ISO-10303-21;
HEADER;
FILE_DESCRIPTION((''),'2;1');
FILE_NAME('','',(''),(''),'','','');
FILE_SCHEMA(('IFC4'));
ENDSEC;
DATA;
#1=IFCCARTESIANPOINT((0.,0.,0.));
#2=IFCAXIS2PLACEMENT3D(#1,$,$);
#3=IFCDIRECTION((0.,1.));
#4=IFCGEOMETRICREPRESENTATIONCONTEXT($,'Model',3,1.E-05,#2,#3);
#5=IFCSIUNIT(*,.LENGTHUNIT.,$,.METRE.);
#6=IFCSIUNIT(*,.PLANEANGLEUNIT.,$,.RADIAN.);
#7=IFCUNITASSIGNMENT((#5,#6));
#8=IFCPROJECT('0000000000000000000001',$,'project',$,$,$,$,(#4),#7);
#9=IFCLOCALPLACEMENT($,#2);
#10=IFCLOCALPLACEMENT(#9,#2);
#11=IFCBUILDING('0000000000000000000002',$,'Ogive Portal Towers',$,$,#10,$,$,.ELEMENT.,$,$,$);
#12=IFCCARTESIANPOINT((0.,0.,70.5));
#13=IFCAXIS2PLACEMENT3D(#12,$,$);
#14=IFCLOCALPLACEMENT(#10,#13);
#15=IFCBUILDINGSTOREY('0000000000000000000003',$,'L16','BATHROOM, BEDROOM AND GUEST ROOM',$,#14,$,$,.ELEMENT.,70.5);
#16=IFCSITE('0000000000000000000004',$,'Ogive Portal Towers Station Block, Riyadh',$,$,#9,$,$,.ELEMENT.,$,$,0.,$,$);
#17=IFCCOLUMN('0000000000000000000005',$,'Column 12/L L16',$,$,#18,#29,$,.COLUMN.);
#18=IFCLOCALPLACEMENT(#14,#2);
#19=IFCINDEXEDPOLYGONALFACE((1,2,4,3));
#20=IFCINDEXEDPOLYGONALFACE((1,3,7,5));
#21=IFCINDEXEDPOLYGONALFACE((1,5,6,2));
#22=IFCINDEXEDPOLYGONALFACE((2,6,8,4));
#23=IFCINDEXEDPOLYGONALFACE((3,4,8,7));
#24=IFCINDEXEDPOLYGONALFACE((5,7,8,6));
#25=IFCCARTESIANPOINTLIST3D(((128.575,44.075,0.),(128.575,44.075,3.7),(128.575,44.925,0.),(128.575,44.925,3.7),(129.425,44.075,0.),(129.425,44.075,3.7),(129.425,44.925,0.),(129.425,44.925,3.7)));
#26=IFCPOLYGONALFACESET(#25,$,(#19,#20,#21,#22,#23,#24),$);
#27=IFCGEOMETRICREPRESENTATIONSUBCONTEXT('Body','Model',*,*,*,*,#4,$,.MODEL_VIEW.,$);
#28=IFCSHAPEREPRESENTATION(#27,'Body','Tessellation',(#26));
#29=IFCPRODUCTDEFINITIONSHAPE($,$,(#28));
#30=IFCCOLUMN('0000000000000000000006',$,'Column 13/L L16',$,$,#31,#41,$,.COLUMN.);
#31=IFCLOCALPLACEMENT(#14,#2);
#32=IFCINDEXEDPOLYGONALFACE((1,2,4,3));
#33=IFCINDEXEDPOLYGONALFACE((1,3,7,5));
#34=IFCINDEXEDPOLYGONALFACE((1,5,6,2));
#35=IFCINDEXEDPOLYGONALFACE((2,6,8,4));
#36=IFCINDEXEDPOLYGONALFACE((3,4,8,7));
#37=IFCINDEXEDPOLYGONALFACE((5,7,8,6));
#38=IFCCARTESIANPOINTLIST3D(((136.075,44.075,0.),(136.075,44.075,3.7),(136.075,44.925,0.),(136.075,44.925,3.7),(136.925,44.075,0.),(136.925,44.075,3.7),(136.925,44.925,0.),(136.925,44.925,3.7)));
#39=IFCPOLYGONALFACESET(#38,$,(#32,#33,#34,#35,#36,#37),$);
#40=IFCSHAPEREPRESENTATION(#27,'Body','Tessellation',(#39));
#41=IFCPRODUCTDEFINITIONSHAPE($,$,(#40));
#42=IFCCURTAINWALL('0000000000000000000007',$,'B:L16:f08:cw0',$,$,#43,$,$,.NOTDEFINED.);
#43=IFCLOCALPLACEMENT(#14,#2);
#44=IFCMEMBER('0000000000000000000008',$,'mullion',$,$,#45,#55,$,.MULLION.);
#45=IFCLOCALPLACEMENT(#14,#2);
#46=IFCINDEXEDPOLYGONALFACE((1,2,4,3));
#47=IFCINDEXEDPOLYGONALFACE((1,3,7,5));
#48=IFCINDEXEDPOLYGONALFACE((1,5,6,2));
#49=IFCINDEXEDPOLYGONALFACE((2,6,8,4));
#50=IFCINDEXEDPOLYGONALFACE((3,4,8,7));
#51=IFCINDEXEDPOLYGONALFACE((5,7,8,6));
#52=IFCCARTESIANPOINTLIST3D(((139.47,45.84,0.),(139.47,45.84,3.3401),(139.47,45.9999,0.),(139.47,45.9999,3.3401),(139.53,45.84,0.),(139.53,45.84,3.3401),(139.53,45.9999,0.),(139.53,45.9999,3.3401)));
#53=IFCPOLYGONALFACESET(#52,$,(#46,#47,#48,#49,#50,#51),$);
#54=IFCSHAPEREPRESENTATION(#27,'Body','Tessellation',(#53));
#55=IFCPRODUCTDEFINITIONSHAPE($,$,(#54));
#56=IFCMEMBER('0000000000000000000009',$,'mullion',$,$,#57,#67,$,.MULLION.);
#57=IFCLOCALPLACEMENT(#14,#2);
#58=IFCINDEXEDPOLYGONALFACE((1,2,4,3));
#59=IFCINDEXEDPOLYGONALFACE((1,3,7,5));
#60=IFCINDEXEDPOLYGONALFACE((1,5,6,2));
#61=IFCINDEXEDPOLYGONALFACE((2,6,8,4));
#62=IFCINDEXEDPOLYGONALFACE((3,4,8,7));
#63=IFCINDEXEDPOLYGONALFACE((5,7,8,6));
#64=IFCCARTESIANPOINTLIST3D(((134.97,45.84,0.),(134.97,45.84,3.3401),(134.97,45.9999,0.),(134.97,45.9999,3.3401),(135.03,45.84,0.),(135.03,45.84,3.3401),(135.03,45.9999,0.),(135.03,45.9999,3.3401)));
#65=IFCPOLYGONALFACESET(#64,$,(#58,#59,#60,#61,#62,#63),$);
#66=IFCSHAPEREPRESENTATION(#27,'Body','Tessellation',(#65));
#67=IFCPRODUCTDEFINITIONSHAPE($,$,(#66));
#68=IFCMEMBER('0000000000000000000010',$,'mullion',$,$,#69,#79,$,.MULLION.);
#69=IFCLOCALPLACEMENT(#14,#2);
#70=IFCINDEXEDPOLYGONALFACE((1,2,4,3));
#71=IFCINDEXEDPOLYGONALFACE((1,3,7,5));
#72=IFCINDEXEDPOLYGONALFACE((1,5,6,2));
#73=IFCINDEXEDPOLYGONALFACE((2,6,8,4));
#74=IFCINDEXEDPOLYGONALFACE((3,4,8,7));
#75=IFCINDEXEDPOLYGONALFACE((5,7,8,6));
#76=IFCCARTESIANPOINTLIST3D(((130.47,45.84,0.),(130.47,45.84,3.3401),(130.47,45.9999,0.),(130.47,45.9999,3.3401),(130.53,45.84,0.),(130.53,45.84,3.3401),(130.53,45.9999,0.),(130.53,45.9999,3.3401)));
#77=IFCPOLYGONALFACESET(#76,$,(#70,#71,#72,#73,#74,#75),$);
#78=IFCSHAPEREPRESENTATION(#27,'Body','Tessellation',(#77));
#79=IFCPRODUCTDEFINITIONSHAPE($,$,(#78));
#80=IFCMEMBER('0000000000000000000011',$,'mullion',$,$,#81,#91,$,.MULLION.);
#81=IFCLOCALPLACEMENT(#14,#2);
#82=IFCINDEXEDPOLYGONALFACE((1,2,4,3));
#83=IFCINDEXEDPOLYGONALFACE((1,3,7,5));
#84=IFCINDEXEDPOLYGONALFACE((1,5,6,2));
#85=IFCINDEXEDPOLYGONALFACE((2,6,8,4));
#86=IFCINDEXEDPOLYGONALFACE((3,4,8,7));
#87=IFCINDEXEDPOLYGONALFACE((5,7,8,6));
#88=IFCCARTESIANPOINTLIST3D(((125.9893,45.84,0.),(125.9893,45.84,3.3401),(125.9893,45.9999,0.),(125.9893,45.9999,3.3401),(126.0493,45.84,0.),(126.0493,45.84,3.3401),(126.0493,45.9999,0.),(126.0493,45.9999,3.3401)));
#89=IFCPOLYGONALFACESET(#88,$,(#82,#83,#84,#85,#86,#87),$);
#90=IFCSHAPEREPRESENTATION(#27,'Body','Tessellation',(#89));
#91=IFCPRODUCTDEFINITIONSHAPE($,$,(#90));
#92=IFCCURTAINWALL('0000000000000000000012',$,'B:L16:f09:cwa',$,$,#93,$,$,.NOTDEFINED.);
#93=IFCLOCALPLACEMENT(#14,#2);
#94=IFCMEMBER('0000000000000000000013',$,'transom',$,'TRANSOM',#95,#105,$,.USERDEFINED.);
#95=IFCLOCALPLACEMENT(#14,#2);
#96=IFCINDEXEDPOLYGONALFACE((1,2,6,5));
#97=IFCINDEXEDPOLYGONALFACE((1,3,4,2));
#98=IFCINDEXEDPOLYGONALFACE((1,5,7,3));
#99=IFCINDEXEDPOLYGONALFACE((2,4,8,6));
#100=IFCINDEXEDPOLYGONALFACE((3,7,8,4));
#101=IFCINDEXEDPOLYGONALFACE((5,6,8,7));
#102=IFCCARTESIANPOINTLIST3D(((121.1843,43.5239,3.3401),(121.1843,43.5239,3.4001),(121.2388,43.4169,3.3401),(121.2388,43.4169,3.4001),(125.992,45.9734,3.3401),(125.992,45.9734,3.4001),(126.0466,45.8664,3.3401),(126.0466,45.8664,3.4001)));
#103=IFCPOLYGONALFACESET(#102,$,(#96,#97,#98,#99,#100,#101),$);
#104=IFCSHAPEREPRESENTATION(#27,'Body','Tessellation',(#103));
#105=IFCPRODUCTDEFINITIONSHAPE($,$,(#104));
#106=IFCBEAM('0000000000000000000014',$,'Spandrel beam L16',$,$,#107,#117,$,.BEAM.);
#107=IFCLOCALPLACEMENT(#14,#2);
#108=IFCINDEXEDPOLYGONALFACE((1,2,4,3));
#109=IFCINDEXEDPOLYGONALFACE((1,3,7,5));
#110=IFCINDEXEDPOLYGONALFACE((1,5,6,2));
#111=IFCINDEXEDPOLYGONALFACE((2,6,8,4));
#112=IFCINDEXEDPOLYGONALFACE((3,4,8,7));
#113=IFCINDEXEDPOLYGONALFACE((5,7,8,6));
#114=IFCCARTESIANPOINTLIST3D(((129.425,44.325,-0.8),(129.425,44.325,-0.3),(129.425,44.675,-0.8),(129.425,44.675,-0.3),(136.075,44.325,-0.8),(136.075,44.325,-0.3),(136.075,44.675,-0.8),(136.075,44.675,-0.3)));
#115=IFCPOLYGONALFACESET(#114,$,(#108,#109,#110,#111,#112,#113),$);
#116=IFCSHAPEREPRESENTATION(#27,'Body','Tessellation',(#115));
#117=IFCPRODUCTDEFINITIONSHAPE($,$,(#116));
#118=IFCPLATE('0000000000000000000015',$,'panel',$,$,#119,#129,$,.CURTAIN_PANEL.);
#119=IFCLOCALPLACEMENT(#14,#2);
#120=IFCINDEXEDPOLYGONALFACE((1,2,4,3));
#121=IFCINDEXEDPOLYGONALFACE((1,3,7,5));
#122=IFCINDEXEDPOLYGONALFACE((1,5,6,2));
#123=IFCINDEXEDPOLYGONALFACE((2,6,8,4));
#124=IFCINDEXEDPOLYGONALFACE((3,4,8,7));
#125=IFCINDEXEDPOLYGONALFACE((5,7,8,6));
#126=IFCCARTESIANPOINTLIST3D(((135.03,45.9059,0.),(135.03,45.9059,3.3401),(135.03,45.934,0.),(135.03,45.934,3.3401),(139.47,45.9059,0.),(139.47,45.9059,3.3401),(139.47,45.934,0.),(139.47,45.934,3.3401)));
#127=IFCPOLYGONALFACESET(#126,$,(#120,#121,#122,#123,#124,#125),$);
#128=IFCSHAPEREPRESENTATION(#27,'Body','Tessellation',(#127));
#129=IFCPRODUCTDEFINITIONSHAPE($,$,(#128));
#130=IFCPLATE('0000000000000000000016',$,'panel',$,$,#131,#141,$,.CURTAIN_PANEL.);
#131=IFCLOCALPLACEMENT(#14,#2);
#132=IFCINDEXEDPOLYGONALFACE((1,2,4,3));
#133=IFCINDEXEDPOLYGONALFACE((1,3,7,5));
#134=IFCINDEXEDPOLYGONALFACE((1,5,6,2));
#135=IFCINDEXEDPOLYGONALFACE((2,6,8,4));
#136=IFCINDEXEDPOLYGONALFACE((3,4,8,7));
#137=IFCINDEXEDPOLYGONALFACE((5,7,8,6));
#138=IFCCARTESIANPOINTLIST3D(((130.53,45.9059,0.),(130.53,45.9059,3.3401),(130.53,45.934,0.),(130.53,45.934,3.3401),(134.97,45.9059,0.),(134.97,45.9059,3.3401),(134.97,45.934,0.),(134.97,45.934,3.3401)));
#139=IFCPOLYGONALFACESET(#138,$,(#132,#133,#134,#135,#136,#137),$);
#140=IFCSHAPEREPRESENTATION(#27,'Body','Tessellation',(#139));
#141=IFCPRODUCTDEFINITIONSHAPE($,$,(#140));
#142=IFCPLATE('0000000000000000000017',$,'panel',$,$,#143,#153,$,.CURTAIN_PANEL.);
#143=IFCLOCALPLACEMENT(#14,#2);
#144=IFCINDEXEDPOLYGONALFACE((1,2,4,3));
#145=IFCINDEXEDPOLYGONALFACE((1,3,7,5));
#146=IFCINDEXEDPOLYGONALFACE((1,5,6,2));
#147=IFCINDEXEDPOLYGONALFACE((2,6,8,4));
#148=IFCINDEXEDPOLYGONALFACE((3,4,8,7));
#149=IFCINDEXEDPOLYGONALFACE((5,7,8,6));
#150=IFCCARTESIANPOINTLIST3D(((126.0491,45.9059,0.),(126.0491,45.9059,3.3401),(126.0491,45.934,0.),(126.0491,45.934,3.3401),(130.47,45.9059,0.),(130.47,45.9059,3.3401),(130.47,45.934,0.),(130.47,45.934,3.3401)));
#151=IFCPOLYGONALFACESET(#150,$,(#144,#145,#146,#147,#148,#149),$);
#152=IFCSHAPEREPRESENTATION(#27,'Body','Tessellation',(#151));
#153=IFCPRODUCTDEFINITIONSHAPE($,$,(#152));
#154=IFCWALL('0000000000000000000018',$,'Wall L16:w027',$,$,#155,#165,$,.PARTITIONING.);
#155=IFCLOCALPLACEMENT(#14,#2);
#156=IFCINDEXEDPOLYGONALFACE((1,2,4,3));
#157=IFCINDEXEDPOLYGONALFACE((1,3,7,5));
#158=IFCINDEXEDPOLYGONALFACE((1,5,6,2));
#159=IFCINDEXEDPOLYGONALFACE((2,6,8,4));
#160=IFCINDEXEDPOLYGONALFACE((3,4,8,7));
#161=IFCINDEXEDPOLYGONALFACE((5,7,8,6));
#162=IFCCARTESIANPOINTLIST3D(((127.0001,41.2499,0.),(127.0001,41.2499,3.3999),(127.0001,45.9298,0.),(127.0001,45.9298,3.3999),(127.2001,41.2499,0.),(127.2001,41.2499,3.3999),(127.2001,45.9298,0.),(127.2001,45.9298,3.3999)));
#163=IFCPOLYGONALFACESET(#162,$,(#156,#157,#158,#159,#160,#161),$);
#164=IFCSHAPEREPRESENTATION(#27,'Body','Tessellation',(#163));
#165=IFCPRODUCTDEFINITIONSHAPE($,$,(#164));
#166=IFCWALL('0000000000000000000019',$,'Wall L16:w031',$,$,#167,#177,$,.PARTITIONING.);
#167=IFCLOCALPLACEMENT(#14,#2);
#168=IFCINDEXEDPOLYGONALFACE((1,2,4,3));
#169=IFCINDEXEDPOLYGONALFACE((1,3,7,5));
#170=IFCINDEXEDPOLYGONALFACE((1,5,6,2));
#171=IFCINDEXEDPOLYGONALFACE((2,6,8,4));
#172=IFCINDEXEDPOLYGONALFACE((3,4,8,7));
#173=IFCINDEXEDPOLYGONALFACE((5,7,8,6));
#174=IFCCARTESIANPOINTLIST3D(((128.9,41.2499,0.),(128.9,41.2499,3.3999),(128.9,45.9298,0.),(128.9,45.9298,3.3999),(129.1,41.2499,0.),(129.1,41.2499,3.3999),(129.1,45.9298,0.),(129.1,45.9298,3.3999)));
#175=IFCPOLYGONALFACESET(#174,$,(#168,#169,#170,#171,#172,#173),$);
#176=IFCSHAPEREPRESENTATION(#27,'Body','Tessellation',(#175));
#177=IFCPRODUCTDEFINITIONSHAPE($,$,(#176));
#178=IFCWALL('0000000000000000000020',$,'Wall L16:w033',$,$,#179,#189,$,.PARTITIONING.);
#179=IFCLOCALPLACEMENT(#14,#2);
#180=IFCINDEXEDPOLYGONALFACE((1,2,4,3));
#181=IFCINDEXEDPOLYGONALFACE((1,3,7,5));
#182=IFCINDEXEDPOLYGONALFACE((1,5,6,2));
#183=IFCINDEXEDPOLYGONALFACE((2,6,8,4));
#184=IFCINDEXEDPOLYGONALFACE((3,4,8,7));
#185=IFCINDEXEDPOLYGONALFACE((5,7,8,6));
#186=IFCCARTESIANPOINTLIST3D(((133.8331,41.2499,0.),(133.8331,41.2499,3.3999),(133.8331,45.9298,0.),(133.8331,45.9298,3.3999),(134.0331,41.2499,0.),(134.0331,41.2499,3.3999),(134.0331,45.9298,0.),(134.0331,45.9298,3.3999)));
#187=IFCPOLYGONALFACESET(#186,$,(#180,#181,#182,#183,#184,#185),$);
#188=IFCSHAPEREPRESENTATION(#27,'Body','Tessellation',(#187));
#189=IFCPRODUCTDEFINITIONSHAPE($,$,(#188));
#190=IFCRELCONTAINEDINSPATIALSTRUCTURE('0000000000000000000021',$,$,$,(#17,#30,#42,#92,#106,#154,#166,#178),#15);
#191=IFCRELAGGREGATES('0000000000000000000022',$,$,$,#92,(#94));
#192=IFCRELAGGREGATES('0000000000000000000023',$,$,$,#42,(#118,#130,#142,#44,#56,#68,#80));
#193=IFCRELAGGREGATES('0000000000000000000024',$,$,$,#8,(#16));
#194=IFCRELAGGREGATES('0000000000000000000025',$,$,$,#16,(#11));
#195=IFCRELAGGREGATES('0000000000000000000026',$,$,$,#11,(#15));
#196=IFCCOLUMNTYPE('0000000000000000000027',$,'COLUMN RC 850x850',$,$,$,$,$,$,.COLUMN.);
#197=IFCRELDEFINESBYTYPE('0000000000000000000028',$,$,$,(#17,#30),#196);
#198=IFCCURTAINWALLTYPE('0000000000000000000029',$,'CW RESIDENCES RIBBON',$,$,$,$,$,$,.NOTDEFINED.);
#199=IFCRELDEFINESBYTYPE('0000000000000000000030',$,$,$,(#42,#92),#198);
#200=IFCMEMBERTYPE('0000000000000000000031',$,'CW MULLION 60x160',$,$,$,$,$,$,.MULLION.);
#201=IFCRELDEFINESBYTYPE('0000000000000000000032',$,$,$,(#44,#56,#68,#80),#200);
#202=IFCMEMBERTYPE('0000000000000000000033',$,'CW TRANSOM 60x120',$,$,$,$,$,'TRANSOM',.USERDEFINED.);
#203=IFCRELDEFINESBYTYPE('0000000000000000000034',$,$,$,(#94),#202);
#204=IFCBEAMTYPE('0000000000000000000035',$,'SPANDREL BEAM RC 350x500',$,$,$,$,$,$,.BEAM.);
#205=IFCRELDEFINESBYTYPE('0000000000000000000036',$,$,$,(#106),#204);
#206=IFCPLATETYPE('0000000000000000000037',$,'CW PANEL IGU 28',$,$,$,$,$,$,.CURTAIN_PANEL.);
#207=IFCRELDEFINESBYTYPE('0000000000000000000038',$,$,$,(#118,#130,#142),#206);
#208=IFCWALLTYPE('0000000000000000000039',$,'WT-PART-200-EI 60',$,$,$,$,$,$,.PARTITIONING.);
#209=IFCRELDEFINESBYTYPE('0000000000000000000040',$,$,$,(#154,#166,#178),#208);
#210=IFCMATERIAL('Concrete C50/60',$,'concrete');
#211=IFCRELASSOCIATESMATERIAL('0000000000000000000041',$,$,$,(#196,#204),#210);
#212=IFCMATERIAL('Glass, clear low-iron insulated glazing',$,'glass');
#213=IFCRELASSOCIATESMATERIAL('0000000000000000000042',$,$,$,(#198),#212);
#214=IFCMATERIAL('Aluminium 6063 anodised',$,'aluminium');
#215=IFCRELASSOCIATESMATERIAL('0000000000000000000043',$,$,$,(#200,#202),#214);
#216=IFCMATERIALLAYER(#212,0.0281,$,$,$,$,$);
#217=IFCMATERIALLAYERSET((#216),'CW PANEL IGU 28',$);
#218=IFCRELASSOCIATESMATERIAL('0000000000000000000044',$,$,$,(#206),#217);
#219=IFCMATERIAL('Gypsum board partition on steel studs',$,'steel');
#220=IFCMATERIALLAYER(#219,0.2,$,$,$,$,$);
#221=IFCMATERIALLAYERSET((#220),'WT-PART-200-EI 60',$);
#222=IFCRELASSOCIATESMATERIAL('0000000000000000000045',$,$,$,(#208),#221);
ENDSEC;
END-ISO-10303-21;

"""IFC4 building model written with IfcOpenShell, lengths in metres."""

from ifc_helpers import new_model, si_unit, direction, frame, frame_2d, origin, origin_2d, place, context, subcontext, project, spatial, rectangle, extrude, material, layer, layer_set, material_profile, profile_set, type_object, element, aggregate, save


model = new_model("IFC4")

# Units and contexts
model_context = context("Model", 3, precision=1e-05, world=origin(), true_north=direction((0.0, 1.0)))
body_context = subcontext(model_context, "Body", "Model", "MODEL_VIEW")
ifc_project = project(units=[si_unit("LENGTHUNIT", "METRE"), si_unit("PLANEANGLEUNIT", "RADIAN")], contexts=[model_context])

# Site, building, storey
site_placement = place(None, origin())
site = spatial("IfcSite", under=ifc_project, at=site_placement, Name="Ogive Portal Towers Station Block, Riyadh", CompositionType="ELEMENT", RefElevation=0.0)
building_placement = place(site_placement, origin())
building = spatial("IfcBuilding", under=site, at=building_placement, Name="Ogive Portal Towers", CompositionType="ELEMENT")
storey_placement = place(building_placement, frame((0.0, 0.0, 70.5)))
storey = spatial("IfcBuildingStorey", under=building, at=storey_placement, Name="L16", Description="BATHROOM, BEDROOM AND GUEST ROOM", CompositionType="ELEMENT", Elevation=70.5)

# Columns
ifc_material_1 = material(Name="Concrete C50/60", Category="concrete")
ifc_material_profile_1 = material_profile(ifc_material_1, rectangle(XDim=0.8501, YDim=0.8501, at=origin_2d()), Name="RC 850x850")
ifc_profile_set_1 = profile_set([ifc_material_profile_1], Name="Concrete C50/60")
column_type = type_object("IfcColumnType", Name="COLUMN RC 850x850", PredefinedType="COLUMN", material=ifc_profile_set_1)
for number, where, z_axis, x_axis, name in (
    (1, (129.0, 44.5, 0.0), (0.0, 0.0, 1.0), (1.0, 0.0, 0.0), "Column 12/L L16"),
    (2, (136.5, 44.5, 0.0), (0.0, 0.0, 1.0), (1.0, 0.0, 0.0), "Column 13/L L16"),
):
    element("IfcColumn", number, at=place(storey_placement, frame(where, z_axis=z_axis, x_axis=x_axis)), inside=storey, type_object=column_type, Name=name, PredefinedType="COLUMN", context=body_context, shape_type="SweptSolid", body=[
        extrude(rectangle(XDim=0.8501, YDim=0.8501, at=origin_2d()), origin(), (0.0, 0.0, 1.0), 3.7),
    ])

# Curtain wall, members
ifc_material_2 = material(Name="Glass, clear low-iron insulated glazing", Category="glass")
curtain_wall_type = type_object("IfcCurtainWallType", Name="CW RESIDENCES RIBBON", PredefinedType="NOTDEFINED", material=ifc_material_2)
curtain_wall_1_placement = place(storey_placement, origin())
curtain_wall_1 = element("IfcCurtainWall", 3, at=curtain_wall_1_placement, inside=storey, type_object=curtain_wall_type, Name="B:L16:f08:cw0", PredefinedType="NOTDEFINED")
ifc_material_3 = material(Name="Aluminium 6063 anodised", Category="aluminium")
ifc_material_profile_2 = material_profile(ifc_material_3, rectangle(XDim=0.1599, YDim=0.0601, at=origin_2d()), Name="AL 60x160")
ifc_profile_set_2 = profile_set([ifc_material_profile_2], Name="Aluminium 6063 anodised")
member_type_1 = type_object("IfcMemberType", Name="CW MULLION 60x160", PredefinedType="MULLION", material=ifc_profile_set_2)
member_1_placement = place(storey_placement, frame((139.5, 45.9199, 0.0), z_axis=(0.0, 0.0, 1.0), x_axis=(0.0, -1.0, 0.0)))
member_1 = element("IfcMember", 4, at=member_1_placement, type_object=member_type_1, Name="mullion", PredefinedType="MULLION", context=body_context, shape_type="SweptSolid", body=[
    extrude(rectangle(XDim=0.1599, YDim=0.0601, at=origin_2d()), origin(), (0.0, 0.0, 1.0), 3.3401),
])
member_2_placement = place(storey_placement, frame((135.0, 45.9199, 0.0), z_axis=(0.0, 0.0, 1.0), x_axis=(0.0, -1.0, 0.0)))
member_2 = element("IfcMember", 5, at=member_2_placement, type_object=member_type_1, Name="mullion", PredefinedType="MULLION", context=body_context, shape_type="SweptSolid", body=[
    extrude(rectangle(XDim=0.1599, YDim=0.0601, at=origin_2d()), origin(), (0.0, 0.0, 1.0), 3.3401),
])
member_3_placement = place(storey_placement, frame((130.5, 45.9199, 0.0), z_axis=(0.0, 0.0, 1.0), x_axis=(0.0, -1.0, 0.0)))
member_3 = element("IfcMember", 6, at=member_3_placement, type_object=member_type_1, Name="mullion", PredefinedType="MULLION", context=body_context, shape_type="SweptSolid", body=[
    extrude(rectangle(XDim=0.1599, YDim=0.0601, at=origin_2d()), origin(), (0.0, 0.0, 1.0), 3.3401),
])
member_4_placement = place(storey_placement, frame((126.0193, 45.9199, 0.0), z_axis=(0.0, 0.0, 1.0), x_axis=(0.0, -1.0, 0.0)))
member_4 = element("IfcMember", 7, at=member_4_placement, type_object=member_type_1, Name="mullion", PredefinedType="MULLION", context=body_context, shape_type="SweptSolid", body=[
    extrude(rectangle(XDim=0.1599, YDim=0.0601, at=origin_2d()), origin(), (0.0, 0.0, 1.0), 3.3401),
])

# Curtain wall, member
curtain_wall_2_placement = place(storey_placement, origin())
curtain_wall_2 = element("IfcCurtainWall", 8, at=curtain_wall_2_placement, inside=storey, type_object=curtain_wall_type, Name="B:L16:f09:cwa", PredefinedType="NOTDEFINED")
ifc_material_profile_3 = material_profile(ifc_material_3, rectangle(XDim=0.1201, YDim=0.0601, at=origin_2d()), Name="AL 120x60")
ifc_profile_set_3 = profile_set([ifc_material_profile_3], Name="Aluminium 6063 anodised")
member_type_2 = type_object("IfcMemberType", Name="CW TRANSOM 60x120", ElementType="TRANSOM", PredefinedType="USERDEFINED", material=ifc_profile_set_3)
member_5_placement = place(storey_placement, frame((126.0193, 45.9199, 3.3701), z_axis=(-0.891017, -0.45397, 0.0), x_axis=(0.45397, -0.891017, 0.0)))
member_5 = element("IfcMember", 9, at=member_5_placement, type_object=member_type_2, Name="transom", ObjectType="TRANSOM", PredefinedType="USERDEFINED", context=body_context, shape_type="SweptSolid", body=[
    extrude(rectangle(XDim=0.1201, YDim=0.0601, at=origin_2d()), origin(), (0.0, 0.0, 1.0), 5.3958),
])
aggregate(curtain_wall_2, [member_5])

# Beam
ifc_material_profile_4 = material_profile(ifc_material_1, rectangle(XDim=0.3501, YDim=0.5, at=origin_2d()), Name="RC 350x500")
ifc_profile_set_4 = profile_set([ifc_material_profile_4], Name="Concrete C50/60")
beam_type = type_object("IfcBeamType", Name="SPANDREL BEAM RC 350x500", PredefinedType="BEAM", material=ifc_profile_set_4)
beam_placement = place(storey_placement, frame((136.075, 44.5, -0.55), z_axis=(-1.0, 0.0, 0.0), x_axis=(0.0, -1.0, 0.0)))
element("IfcBeam", 10, at=beam_placement, inside=storey, type_object=beam_type, Name="Spandrel beam L16", PredefinedType="BEAM", context=body_context, shape_type="SweptSolid", body=[
    extrude(rectangle(XDim=0.3501, YDim=0.5, at=origin_2d()), origin(), (0.0, 0.0, 1.0), 6.6499),
])

# Plates
ifc_layer_1 = layer(ifc_material_2, 0.0281)
ifc_layer_set_1 = layer_set([ifc_layer_1], Name="CW PANEL IGU 28")
plate_type = type_object("IfcPlateType", Name="CW PANEL IGU 28", PredefinedType="CURTAIN_PANEL", material=ifc_layer_set_1)
plate_1_placement = place(storey_placement, frame((137.25, 45.9199, 0.0), z_axis=(0.0, 0.0, 1.0), x_axis=(-1.0, 0.0, 0.0)))
plate_1 = element("IfcPlate", 11, at=plate_1_placement, type_object=plate_type, Name="panel", PredefinedType="CURTAIN_PANEL", context=body_context, shape_type="SweptSolid", body=[
    extrude(rectangle(XDim=4.4399, YDim=0.0281, at=origin_2d()), origin(), (0.0, 0.0, 1.0), 3.3401),
])
plate_2_placement = place(storey_placement, frame((132.75, 45.9199, 0.0), z_axis=(0.0, 0.0, 1.0), x_axis=(-1.0, 0.0, 0.0)))
plate_2 = element("IfcPlate", 12, at=plate_2_placement, type_object=plate_type, Name="panel", PredefinedType="CURTAIN_PANEL", context=body_context, shape_type="SweptSolid", body=[
    extrude(rectangle(XDim=4.4399, YDim=0.0281, at=origin_2d()), origin(), (0.0, 0.0, 1.0), 3.3401),
])
plate_3_placement = place(storey_placement, frame((128.2595, 45.9199, 0.0), z_axis=(0.0, 0.0, 1.0), x_axis=(-1.0, 0.0, 0.0)))
plate_3 = element("IfcPlate", 13, at=plate_3_placement, type_object=plate_type, Name="panel", PredefinedType="CURTAIN_PANEL", context=body_context, shape_type="SweptSolid", body=[
    extrude(rectangle(XDim=4.4209, YDim=0.0281, at=origin_2d()), origin(), (0.0, 0.0, 1.0), 3.3401),
])
aggregate(curtain_wall_1, [plate_1, plate_2, plate_3, member_1, member_2, member_3, member_4])

# Walls
ifc_material_4 = material(Name="Gypsum board partition on steel studs", Category="steel")
ifc_layer_2 = layer(ifc_material_4, 0.2)
ifc_layer_set_2 = layer_set([ifc_layer_2], Name="WT-PART-200-EI 60")
wall_type = type_object("IfcWallType", Name="WT-PART-200-EI 60", PredefinedType="PARTITIONING", material=ifc_layer_set_2)
for number, where, z_axis, x_axis, name in (
    (14, (127.1001, 41.25, 0.0), (0.0, 0.0, 1.0), (0.0, 1.0, 0.0), "Wall L16:w027"),
    (15, (129.0, 41.25, 0.0), (0.0, 0.0, 1.0), (0.0, 1.0, 0.0), "Wall L16:w031"),
    (16, (133.9331, 41.25, 0.0), (0.0, 0.0, 1.0), (0.0, 1.0, 0.0), "Wall L16:w033"),
):
    element("IfcWall", number, at=place(storey_placement, frame(where, z_axis=z_axis, x_axis=x_axis)), inside=storey, type_object=wall_type, Name=name, PredefinedType="PARTITIONING", context=body_context, shape_type="SweptSolid", body=[
        extrude(rectangle(XDim=4.6799, YDim=0.2, at=frame_2d((2.3398, 0.0))), origin(), (0.0, 0.0, 1.0), 3.3999),
    ])

save(model, "model.ifc")
